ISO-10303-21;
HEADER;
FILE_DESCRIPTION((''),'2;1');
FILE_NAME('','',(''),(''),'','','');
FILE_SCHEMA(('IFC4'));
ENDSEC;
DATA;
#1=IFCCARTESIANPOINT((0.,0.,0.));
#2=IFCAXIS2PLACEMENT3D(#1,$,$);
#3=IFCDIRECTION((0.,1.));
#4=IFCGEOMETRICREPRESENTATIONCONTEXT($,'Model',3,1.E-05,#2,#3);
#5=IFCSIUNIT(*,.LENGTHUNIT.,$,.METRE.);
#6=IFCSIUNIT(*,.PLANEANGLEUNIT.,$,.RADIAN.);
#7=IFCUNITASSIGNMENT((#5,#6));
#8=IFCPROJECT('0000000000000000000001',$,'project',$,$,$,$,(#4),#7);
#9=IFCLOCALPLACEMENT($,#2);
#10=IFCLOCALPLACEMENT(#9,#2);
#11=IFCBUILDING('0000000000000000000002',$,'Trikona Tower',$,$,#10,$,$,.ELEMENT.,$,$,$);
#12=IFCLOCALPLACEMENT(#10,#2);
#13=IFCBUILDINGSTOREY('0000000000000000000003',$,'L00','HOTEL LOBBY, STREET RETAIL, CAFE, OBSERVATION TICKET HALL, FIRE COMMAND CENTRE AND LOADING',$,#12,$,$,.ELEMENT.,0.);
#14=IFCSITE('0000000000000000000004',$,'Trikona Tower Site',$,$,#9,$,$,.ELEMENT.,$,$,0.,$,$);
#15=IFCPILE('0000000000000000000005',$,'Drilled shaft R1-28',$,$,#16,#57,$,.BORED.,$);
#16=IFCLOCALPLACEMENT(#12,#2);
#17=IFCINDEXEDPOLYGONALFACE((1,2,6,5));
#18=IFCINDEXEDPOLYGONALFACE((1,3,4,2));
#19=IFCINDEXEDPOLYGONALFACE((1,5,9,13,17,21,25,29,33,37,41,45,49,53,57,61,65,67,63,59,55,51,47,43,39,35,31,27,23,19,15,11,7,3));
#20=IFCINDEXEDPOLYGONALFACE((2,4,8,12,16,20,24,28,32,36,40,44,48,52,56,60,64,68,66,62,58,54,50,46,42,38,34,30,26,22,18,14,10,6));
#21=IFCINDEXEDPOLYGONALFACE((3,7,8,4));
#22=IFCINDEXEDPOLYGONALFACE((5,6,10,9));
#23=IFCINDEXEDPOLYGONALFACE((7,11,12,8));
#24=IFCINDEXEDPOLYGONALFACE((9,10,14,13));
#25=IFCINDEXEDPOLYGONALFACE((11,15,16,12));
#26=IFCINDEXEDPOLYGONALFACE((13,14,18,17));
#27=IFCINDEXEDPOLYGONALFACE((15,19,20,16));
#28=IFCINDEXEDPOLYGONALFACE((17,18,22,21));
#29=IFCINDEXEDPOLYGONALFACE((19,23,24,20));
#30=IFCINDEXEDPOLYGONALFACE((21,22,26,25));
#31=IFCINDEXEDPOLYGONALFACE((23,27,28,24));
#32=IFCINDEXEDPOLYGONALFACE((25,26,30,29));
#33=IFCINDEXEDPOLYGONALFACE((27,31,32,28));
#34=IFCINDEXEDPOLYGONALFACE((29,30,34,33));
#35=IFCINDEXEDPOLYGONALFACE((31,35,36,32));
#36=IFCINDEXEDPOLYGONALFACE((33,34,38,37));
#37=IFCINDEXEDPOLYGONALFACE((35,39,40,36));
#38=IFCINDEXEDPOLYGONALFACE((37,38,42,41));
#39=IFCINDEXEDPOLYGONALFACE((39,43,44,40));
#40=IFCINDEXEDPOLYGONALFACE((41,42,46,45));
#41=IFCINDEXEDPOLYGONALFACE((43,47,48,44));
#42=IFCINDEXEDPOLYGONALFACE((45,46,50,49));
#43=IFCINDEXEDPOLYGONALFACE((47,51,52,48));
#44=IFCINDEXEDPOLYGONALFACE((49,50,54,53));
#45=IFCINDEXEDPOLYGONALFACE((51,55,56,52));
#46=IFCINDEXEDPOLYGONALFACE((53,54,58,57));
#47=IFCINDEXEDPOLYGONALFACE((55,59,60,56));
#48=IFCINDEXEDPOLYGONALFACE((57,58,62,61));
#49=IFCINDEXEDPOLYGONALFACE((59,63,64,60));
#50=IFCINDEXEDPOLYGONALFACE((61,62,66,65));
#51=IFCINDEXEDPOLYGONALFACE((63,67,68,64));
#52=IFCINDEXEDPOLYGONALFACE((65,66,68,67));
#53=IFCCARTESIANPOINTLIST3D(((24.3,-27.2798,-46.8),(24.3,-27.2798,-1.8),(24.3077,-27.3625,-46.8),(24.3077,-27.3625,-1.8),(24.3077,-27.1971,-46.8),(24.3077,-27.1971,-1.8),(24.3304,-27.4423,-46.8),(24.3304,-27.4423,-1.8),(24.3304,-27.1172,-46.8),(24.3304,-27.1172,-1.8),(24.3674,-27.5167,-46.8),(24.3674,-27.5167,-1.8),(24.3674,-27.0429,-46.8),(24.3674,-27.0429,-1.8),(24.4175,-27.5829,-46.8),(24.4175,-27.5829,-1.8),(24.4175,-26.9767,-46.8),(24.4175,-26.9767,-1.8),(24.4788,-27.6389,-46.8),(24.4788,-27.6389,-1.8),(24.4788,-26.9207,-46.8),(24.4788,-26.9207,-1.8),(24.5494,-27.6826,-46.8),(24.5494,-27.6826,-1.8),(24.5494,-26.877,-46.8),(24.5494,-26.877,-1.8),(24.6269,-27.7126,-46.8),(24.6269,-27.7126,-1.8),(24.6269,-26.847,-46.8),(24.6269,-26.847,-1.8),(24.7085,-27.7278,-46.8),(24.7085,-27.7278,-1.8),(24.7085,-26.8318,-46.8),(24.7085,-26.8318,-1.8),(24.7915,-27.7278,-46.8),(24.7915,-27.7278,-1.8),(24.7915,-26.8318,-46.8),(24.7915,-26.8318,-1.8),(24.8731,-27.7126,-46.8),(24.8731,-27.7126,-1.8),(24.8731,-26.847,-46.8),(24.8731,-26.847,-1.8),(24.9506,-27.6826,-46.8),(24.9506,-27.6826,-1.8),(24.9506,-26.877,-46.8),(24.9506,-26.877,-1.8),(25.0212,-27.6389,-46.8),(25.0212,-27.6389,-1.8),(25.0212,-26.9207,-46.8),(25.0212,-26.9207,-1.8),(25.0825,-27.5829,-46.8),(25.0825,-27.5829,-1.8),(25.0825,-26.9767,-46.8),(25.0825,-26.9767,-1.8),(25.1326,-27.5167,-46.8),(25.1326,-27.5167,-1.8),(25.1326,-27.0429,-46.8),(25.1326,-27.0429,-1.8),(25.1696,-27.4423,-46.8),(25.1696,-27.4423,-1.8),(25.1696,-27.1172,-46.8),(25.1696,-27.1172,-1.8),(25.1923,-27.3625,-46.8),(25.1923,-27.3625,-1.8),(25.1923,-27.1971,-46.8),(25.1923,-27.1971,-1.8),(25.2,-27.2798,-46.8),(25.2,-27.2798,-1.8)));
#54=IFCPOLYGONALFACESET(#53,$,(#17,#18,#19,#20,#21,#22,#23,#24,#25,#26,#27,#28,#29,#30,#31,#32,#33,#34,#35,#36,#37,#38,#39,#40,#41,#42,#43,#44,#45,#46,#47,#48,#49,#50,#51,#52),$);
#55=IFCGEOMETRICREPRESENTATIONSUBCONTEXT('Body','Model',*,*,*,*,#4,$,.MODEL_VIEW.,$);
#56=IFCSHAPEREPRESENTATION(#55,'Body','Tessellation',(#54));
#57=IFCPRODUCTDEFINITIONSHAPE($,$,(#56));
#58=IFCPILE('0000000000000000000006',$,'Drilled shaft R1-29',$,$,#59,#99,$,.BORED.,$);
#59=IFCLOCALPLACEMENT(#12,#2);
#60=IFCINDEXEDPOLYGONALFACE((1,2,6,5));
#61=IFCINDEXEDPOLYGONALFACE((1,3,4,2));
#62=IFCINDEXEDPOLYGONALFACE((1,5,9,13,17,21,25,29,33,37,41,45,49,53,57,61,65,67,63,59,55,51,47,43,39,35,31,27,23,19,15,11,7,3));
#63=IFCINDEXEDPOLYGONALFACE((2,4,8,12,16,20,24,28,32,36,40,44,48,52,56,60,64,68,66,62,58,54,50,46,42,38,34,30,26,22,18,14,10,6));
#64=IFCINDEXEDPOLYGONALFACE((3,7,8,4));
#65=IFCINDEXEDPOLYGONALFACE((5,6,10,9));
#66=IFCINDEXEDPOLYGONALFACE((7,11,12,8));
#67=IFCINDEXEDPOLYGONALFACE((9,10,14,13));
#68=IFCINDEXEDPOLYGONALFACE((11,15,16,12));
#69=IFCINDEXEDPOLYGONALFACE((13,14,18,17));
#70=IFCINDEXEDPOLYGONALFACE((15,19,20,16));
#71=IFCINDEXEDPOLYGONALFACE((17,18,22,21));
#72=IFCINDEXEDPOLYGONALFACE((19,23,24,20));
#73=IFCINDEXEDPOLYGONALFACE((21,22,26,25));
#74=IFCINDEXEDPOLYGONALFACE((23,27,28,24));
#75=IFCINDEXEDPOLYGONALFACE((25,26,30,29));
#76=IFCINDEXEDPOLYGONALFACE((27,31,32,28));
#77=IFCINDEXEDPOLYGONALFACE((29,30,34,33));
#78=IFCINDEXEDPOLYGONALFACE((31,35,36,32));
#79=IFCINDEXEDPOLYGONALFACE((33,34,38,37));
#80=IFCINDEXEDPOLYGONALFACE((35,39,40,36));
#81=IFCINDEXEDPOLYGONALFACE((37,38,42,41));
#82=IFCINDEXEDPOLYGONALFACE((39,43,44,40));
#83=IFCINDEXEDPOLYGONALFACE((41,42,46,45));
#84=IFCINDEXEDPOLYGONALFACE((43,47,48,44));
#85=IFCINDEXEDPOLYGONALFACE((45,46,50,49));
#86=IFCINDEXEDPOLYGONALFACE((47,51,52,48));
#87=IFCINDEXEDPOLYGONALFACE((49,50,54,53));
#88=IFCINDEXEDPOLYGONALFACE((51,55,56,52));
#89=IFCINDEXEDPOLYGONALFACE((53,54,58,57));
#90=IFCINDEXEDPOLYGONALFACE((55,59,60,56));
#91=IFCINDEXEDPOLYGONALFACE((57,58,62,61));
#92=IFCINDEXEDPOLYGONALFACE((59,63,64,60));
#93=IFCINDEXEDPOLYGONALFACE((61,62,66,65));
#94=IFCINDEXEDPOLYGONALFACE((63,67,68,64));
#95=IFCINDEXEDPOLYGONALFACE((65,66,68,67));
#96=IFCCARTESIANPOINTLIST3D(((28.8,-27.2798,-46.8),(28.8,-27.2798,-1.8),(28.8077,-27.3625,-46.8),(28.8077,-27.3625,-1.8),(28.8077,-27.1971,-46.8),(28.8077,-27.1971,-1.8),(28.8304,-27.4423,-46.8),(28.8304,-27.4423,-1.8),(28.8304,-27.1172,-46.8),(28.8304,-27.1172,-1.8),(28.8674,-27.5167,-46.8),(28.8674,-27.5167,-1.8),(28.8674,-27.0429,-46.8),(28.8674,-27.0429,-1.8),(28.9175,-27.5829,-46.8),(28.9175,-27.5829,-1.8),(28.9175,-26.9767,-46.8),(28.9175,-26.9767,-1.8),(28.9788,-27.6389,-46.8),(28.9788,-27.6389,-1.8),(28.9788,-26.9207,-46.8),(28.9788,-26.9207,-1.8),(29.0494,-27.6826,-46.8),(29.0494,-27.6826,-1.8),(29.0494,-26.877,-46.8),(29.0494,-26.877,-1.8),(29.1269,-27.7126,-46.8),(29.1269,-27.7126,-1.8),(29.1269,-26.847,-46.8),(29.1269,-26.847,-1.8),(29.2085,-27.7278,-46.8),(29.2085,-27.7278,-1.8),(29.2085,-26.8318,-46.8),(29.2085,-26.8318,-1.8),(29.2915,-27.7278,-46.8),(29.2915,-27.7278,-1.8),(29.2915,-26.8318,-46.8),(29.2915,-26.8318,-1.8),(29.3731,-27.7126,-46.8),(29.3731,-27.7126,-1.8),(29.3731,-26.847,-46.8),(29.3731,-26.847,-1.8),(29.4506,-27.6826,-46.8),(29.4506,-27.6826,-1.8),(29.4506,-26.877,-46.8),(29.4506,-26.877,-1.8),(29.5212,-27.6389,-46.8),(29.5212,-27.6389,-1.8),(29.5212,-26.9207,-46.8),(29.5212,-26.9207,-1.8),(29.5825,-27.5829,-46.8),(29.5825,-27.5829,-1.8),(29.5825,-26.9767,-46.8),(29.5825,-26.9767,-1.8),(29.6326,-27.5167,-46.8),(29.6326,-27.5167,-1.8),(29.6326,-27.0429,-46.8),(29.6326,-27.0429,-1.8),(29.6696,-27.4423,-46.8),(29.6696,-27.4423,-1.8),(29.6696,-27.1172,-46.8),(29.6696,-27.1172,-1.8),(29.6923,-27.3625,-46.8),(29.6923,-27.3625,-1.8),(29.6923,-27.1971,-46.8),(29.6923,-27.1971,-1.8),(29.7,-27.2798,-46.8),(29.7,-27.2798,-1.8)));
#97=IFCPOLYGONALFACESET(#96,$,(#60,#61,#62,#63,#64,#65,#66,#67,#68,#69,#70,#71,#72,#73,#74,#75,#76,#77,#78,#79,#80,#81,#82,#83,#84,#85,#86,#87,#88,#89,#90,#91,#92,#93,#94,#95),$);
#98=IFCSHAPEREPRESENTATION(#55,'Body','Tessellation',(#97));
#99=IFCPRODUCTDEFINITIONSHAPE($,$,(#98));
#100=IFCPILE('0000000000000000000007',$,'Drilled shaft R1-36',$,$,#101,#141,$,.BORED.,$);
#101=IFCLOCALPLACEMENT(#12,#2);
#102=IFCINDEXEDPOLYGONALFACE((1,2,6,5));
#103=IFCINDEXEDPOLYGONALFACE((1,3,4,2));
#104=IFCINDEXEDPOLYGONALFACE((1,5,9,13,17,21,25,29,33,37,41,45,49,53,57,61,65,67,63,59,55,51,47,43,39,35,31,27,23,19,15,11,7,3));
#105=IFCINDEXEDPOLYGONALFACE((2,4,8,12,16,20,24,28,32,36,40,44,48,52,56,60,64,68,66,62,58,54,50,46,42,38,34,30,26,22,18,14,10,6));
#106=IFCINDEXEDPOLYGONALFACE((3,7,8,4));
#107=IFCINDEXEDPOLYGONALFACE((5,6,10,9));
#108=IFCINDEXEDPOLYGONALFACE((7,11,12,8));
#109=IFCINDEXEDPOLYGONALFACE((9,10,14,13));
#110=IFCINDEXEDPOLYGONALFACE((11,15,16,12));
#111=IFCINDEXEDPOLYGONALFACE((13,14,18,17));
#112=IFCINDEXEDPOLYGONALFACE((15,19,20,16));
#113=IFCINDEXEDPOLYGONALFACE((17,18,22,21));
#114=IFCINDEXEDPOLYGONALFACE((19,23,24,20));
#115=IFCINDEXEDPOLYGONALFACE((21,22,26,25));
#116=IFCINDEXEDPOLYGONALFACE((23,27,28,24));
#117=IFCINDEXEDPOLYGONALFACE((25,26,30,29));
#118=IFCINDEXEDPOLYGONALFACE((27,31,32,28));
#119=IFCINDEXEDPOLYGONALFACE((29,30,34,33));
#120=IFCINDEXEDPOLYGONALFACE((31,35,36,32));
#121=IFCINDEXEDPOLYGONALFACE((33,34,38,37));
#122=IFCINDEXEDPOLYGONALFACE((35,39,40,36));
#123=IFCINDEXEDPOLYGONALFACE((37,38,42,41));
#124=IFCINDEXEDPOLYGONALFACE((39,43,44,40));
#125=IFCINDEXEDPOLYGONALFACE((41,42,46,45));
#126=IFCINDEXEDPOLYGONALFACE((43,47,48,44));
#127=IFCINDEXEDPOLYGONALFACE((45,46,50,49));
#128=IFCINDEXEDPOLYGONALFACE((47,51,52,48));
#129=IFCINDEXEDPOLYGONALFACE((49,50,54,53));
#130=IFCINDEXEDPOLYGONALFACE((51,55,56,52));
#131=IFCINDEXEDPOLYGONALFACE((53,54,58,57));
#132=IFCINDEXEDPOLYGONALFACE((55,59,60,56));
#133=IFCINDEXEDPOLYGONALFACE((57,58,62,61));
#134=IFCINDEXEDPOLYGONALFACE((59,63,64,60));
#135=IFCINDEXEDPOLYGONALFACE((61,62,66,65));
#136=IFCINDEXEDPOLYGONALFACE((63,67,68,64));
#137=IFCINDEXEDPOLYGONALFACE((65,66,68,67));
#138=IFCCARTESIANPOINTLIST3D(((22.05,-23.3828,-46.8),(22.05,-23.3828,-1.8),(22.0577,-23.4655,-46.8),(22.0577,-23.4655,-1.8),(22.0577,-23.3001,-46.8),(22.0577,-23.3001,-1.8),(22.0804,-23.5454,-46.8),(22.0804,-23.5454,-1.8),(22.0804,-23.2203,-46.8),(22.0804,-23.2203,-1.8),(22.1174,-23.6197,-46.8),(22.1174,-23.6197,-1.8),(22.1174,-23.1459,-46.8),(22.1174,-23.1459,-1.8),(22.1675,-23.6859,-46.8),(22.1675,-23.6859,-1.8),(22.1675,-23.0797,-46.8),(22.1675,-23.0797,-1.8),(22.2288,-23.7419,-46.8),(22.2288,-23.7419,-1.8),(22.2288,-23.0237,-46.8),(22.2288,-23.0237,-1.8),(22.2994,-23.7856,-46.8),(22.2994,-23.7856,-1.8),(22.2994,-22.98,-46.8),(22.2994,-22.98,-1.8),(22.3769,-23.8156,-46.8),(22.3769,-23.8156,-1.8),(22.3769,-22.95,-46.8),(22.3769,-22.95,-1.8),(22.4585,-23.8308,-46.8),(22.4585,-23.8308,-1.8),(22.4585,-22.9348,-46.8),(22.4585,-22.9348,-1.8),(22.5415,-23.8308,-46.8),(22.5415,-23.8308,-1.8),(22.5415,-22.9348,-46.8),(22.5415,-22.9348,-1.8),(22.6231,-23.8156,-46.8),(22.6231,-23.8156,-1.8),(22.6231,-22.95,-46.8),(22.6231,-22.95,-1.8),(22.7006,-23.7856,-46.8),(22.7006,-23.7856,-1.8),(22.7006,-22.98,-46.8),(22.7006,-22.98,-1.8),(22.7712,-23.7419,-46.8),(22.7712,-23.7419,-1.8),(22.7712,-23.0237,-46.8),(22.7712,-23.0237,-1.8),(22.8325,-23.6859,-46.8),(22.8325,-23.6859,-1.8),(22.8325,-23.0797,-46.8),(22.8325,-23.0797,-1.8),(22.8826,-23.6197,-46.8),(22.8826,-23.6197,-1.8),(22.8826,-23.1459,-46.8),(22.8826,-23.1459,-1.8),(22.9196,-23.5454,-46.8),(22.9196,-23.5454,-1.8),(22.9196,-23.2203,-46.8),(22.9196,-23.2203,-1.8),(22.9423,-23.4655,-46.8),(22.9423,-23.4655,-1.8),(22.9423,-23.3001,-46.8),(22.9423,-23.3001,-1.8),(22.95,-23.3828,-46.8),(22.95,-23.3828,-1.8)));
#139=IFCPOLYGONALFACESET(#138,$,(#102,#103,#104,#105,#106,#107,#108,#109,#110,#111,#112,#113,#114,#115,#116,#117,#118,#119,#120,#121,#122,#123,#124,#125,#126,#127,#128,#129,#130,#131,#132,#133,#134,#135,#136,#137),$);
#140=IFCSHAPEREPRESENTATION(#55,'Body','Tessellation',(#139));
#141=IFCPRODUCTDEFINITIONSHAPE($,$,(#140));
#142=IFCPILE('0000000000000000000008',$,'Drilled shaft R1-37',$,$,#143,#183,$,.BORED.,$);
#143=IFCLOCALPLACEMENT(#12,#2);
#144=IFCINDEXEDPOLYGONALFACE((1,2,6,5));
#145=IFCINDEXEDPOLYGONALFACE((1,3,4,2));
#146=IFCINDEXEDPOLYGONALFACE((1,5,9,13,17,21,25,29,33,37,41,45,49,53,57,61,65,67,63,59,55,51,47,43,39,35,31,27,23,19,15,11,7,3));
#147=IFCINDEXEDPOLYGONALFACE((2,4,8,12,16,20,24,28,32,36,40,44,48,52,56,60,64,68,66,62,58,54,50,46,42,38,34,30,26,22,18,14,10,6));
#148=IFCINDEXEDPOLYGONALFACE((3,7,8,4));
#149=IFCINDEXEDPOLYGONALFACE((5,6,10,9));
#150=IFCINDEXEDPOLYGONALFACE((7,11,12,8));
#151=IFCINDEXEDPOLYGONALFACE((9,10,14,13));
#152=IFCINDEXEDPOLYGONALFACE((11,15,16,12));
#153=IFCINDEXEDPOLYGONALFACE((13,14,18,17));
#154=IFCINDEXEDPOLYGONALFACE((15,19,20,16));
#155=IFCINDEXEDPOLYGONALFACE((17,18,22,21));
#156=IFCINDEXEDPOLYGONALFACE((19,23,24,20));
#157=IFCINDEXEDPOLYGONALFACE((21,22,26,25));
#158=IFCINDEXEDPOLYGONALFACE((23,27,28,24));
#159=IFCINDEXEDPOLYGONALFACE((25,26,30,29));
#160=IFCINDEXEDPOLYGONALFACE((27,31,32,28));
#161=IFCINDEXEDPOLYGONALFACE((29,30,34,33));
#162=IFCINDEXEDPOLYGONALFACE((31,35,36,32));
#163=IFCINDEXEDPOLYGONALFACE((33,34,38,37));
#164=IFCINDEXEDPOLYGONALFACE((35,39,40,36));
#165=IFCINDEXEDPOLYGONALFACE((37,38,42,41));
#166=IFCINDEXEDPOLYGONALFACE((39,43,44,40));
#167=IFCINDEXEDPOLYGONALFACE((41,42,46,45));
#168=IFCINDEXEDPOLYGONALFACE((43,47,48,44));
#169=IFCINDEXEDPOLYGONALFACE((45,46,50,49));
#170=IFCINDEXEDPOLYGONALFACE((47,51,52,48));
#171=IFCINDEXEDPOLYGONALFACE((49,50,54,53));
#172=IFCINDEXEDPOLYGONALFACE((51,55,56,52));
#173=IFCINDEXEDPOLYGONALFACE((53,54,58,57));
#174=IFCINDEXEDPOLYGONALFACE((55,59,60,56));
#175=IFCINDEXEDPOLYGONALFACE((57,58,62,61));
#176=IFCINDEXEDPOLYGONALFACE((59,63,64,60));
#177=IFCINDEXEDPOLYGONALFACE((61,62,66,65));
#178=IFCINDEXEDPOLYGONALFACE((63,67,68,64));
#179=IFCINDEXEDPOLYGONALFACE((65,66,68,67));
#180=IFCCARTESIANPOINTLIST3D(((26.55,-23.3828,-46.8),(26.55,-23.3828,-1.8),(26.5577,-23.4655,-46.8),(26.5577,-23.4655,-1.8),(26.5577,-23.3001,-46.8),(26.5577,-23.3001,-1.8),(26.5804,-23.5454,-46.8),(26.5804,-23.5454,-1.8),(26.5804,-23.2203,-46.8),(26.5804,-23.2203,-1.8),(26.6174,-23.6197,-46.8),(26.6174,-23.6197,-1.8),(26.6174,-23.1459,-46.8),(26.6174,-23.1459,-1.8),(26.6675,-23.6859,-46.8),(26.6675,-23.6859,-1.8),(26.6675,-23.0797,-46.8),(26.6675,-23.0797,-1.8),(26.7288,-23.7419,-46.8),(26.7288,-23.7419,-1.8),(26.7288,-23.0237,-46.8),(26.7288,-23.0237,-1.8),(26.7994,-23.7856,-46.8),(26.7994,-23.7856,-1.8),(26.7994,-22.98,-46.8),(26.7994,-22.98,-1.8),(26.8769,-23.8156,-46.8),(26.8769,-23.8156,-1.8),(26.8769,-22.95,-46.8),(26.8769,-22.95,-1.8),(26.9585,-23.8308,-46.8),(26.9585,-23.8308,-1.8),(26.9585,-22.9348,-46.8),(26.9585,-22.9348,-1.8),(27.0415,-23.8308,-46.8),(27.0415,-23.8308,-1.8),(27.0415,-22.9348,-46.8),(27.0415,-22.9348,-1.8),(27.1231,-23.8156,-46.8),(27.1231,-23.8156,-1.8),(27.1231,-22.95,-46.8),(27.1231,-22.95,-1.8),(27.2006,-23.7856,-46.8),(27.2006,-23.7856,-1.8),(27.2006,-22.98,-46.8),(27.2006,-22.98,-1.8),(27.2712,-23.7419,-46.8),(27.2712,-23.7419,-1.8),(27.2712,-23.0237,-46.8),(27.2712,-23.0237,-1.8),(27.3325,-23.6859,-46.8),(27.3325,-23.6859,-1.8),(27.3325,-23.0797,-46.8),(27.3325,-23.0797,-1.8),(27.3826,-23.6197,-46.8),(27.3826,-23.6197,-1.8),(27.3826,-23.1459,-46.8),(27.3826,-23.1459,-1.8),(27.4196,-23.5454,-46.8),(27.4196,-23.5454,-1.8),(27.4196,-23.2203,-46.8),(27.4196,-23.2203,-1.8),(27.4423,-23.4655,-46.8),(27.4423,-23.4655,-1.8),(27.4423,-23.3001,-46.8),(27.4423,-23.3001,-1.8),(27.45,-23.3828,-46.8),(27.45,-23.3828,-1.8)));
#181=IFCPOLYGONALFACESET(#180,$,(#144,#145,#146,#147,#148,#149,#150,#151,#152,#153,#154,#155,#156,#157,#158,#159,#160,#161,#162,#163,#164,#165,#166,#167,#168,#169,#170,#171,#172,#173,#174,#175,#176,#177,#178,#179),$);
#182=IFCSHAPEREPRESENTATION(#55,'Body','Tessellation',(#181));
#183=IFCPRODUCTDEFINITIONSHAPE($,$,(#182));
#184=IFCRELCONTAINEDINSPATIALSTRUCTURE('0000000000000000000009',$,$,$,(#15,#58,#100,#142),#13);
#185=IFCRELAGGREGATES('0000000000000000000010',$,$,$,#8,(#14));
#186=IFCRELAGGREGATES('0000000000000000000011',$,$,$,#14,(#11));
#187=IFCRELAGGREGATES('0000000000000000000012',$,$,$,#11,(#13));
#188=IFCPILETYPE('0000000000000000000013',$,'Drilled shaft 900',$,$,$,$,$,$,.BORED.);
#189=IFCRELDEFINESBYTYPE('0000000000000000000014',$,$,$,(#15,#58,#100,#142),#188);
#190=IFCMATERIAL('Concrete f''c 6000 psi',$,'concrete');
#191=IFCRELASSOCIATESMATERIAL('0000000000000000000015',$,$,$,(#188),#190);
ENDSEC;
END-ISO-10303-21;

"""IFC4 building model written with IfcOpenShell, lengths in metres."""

from ifc_helpers import new_model, si_unit, direction, frame, origin, origin_2d, place, context, subcontext, project, spatial, circle, extrude, material, type_object, element, save


model = new_model("IFC4")

# Units and contexts
model_context = context("Model", 3, precision=1e-05, world=origin(), true_north=direction((0.0, 1.0)))
body_context = subcontext(model_context, "Body", "Model", "MODEL_VIEW")
ifc_project = project(units=[si_unit("LENGTHUNIT", "METRE"), si_unit("PLANEANGLEUNIT", "RADIAN")], contexts=[model_context])

# Site, building, storey
site_placement = place(None, origin())
site = spatial("IfcSite", under=ifc_project, at=site_placement, Name="Trikona Tower Site", CompositionType="ELEMENT", RefElevation=0.0)
building_placement = place(site_placement, origin())
building = spatial("IfcBuilding", under=site, at=building_placement, Name="Trikona Tower", CompositionType="ELEMENT")
storey_placement = place(building_placement, origin())
storey = spatial("IfcBuildingStorey", under=building, at=storey_placement, Name="L00", Description="HOTEL LOBBY, STREET RETAIL, CAFE, OBSERVATION TICKET HALL, FIRE COMMAND CENTRE AND LOADING", CompositionType="ELEMENT", Elevation=0.0)

# Piles
ifc_material_1 = material(Name="Concrete f'c 6000 psi", Category="concrete")
pile_type_1 = type_object("IfcPileType", Name="Drilled shaft 900", PredefinedType="BORED", material=ifc_material_1)
for number, where, z_axis, x_axis, name in (
    (1, (24.75, -27.2798, -1.8), (0.0, 0.0, -1.0), (1.0, 0.0, 0.0), "Drilled shaft R1-28"),
    (2, (29.25, -27.2798, -1.8), (0.0, 0.0, -1.0), (1.0, 0.0, 0.0), "Drilled shaft R1-29"),
    (3, (22.5, -23.3828, -1.8), (0.0, 0.0, -1.0), (1.0, 0.0, 0.0), "Drilled shaft R1-36"),
    (4, (27.0, -23.3828, -1.8), (0.0, 0.0, -1.0), (1.0, 0.0, 0.0), "Drilled shaft R1-37"),
):
    element("IfcPile", number, at=place(storey_placement, frame(where, z_axis=z_axis, x_axis=x_axis)), inside=storey, type_object=pile_type_1, Name=name, PredefinedType="BORED", context=body_context, shape_type="SweptSolid", body=[
        extrude(circle(Radius=0.45, at=origin_2d()), origin(), (0.0, 0.0, 1.0), 45.0),
    ])

save(model, "model.ifc")
